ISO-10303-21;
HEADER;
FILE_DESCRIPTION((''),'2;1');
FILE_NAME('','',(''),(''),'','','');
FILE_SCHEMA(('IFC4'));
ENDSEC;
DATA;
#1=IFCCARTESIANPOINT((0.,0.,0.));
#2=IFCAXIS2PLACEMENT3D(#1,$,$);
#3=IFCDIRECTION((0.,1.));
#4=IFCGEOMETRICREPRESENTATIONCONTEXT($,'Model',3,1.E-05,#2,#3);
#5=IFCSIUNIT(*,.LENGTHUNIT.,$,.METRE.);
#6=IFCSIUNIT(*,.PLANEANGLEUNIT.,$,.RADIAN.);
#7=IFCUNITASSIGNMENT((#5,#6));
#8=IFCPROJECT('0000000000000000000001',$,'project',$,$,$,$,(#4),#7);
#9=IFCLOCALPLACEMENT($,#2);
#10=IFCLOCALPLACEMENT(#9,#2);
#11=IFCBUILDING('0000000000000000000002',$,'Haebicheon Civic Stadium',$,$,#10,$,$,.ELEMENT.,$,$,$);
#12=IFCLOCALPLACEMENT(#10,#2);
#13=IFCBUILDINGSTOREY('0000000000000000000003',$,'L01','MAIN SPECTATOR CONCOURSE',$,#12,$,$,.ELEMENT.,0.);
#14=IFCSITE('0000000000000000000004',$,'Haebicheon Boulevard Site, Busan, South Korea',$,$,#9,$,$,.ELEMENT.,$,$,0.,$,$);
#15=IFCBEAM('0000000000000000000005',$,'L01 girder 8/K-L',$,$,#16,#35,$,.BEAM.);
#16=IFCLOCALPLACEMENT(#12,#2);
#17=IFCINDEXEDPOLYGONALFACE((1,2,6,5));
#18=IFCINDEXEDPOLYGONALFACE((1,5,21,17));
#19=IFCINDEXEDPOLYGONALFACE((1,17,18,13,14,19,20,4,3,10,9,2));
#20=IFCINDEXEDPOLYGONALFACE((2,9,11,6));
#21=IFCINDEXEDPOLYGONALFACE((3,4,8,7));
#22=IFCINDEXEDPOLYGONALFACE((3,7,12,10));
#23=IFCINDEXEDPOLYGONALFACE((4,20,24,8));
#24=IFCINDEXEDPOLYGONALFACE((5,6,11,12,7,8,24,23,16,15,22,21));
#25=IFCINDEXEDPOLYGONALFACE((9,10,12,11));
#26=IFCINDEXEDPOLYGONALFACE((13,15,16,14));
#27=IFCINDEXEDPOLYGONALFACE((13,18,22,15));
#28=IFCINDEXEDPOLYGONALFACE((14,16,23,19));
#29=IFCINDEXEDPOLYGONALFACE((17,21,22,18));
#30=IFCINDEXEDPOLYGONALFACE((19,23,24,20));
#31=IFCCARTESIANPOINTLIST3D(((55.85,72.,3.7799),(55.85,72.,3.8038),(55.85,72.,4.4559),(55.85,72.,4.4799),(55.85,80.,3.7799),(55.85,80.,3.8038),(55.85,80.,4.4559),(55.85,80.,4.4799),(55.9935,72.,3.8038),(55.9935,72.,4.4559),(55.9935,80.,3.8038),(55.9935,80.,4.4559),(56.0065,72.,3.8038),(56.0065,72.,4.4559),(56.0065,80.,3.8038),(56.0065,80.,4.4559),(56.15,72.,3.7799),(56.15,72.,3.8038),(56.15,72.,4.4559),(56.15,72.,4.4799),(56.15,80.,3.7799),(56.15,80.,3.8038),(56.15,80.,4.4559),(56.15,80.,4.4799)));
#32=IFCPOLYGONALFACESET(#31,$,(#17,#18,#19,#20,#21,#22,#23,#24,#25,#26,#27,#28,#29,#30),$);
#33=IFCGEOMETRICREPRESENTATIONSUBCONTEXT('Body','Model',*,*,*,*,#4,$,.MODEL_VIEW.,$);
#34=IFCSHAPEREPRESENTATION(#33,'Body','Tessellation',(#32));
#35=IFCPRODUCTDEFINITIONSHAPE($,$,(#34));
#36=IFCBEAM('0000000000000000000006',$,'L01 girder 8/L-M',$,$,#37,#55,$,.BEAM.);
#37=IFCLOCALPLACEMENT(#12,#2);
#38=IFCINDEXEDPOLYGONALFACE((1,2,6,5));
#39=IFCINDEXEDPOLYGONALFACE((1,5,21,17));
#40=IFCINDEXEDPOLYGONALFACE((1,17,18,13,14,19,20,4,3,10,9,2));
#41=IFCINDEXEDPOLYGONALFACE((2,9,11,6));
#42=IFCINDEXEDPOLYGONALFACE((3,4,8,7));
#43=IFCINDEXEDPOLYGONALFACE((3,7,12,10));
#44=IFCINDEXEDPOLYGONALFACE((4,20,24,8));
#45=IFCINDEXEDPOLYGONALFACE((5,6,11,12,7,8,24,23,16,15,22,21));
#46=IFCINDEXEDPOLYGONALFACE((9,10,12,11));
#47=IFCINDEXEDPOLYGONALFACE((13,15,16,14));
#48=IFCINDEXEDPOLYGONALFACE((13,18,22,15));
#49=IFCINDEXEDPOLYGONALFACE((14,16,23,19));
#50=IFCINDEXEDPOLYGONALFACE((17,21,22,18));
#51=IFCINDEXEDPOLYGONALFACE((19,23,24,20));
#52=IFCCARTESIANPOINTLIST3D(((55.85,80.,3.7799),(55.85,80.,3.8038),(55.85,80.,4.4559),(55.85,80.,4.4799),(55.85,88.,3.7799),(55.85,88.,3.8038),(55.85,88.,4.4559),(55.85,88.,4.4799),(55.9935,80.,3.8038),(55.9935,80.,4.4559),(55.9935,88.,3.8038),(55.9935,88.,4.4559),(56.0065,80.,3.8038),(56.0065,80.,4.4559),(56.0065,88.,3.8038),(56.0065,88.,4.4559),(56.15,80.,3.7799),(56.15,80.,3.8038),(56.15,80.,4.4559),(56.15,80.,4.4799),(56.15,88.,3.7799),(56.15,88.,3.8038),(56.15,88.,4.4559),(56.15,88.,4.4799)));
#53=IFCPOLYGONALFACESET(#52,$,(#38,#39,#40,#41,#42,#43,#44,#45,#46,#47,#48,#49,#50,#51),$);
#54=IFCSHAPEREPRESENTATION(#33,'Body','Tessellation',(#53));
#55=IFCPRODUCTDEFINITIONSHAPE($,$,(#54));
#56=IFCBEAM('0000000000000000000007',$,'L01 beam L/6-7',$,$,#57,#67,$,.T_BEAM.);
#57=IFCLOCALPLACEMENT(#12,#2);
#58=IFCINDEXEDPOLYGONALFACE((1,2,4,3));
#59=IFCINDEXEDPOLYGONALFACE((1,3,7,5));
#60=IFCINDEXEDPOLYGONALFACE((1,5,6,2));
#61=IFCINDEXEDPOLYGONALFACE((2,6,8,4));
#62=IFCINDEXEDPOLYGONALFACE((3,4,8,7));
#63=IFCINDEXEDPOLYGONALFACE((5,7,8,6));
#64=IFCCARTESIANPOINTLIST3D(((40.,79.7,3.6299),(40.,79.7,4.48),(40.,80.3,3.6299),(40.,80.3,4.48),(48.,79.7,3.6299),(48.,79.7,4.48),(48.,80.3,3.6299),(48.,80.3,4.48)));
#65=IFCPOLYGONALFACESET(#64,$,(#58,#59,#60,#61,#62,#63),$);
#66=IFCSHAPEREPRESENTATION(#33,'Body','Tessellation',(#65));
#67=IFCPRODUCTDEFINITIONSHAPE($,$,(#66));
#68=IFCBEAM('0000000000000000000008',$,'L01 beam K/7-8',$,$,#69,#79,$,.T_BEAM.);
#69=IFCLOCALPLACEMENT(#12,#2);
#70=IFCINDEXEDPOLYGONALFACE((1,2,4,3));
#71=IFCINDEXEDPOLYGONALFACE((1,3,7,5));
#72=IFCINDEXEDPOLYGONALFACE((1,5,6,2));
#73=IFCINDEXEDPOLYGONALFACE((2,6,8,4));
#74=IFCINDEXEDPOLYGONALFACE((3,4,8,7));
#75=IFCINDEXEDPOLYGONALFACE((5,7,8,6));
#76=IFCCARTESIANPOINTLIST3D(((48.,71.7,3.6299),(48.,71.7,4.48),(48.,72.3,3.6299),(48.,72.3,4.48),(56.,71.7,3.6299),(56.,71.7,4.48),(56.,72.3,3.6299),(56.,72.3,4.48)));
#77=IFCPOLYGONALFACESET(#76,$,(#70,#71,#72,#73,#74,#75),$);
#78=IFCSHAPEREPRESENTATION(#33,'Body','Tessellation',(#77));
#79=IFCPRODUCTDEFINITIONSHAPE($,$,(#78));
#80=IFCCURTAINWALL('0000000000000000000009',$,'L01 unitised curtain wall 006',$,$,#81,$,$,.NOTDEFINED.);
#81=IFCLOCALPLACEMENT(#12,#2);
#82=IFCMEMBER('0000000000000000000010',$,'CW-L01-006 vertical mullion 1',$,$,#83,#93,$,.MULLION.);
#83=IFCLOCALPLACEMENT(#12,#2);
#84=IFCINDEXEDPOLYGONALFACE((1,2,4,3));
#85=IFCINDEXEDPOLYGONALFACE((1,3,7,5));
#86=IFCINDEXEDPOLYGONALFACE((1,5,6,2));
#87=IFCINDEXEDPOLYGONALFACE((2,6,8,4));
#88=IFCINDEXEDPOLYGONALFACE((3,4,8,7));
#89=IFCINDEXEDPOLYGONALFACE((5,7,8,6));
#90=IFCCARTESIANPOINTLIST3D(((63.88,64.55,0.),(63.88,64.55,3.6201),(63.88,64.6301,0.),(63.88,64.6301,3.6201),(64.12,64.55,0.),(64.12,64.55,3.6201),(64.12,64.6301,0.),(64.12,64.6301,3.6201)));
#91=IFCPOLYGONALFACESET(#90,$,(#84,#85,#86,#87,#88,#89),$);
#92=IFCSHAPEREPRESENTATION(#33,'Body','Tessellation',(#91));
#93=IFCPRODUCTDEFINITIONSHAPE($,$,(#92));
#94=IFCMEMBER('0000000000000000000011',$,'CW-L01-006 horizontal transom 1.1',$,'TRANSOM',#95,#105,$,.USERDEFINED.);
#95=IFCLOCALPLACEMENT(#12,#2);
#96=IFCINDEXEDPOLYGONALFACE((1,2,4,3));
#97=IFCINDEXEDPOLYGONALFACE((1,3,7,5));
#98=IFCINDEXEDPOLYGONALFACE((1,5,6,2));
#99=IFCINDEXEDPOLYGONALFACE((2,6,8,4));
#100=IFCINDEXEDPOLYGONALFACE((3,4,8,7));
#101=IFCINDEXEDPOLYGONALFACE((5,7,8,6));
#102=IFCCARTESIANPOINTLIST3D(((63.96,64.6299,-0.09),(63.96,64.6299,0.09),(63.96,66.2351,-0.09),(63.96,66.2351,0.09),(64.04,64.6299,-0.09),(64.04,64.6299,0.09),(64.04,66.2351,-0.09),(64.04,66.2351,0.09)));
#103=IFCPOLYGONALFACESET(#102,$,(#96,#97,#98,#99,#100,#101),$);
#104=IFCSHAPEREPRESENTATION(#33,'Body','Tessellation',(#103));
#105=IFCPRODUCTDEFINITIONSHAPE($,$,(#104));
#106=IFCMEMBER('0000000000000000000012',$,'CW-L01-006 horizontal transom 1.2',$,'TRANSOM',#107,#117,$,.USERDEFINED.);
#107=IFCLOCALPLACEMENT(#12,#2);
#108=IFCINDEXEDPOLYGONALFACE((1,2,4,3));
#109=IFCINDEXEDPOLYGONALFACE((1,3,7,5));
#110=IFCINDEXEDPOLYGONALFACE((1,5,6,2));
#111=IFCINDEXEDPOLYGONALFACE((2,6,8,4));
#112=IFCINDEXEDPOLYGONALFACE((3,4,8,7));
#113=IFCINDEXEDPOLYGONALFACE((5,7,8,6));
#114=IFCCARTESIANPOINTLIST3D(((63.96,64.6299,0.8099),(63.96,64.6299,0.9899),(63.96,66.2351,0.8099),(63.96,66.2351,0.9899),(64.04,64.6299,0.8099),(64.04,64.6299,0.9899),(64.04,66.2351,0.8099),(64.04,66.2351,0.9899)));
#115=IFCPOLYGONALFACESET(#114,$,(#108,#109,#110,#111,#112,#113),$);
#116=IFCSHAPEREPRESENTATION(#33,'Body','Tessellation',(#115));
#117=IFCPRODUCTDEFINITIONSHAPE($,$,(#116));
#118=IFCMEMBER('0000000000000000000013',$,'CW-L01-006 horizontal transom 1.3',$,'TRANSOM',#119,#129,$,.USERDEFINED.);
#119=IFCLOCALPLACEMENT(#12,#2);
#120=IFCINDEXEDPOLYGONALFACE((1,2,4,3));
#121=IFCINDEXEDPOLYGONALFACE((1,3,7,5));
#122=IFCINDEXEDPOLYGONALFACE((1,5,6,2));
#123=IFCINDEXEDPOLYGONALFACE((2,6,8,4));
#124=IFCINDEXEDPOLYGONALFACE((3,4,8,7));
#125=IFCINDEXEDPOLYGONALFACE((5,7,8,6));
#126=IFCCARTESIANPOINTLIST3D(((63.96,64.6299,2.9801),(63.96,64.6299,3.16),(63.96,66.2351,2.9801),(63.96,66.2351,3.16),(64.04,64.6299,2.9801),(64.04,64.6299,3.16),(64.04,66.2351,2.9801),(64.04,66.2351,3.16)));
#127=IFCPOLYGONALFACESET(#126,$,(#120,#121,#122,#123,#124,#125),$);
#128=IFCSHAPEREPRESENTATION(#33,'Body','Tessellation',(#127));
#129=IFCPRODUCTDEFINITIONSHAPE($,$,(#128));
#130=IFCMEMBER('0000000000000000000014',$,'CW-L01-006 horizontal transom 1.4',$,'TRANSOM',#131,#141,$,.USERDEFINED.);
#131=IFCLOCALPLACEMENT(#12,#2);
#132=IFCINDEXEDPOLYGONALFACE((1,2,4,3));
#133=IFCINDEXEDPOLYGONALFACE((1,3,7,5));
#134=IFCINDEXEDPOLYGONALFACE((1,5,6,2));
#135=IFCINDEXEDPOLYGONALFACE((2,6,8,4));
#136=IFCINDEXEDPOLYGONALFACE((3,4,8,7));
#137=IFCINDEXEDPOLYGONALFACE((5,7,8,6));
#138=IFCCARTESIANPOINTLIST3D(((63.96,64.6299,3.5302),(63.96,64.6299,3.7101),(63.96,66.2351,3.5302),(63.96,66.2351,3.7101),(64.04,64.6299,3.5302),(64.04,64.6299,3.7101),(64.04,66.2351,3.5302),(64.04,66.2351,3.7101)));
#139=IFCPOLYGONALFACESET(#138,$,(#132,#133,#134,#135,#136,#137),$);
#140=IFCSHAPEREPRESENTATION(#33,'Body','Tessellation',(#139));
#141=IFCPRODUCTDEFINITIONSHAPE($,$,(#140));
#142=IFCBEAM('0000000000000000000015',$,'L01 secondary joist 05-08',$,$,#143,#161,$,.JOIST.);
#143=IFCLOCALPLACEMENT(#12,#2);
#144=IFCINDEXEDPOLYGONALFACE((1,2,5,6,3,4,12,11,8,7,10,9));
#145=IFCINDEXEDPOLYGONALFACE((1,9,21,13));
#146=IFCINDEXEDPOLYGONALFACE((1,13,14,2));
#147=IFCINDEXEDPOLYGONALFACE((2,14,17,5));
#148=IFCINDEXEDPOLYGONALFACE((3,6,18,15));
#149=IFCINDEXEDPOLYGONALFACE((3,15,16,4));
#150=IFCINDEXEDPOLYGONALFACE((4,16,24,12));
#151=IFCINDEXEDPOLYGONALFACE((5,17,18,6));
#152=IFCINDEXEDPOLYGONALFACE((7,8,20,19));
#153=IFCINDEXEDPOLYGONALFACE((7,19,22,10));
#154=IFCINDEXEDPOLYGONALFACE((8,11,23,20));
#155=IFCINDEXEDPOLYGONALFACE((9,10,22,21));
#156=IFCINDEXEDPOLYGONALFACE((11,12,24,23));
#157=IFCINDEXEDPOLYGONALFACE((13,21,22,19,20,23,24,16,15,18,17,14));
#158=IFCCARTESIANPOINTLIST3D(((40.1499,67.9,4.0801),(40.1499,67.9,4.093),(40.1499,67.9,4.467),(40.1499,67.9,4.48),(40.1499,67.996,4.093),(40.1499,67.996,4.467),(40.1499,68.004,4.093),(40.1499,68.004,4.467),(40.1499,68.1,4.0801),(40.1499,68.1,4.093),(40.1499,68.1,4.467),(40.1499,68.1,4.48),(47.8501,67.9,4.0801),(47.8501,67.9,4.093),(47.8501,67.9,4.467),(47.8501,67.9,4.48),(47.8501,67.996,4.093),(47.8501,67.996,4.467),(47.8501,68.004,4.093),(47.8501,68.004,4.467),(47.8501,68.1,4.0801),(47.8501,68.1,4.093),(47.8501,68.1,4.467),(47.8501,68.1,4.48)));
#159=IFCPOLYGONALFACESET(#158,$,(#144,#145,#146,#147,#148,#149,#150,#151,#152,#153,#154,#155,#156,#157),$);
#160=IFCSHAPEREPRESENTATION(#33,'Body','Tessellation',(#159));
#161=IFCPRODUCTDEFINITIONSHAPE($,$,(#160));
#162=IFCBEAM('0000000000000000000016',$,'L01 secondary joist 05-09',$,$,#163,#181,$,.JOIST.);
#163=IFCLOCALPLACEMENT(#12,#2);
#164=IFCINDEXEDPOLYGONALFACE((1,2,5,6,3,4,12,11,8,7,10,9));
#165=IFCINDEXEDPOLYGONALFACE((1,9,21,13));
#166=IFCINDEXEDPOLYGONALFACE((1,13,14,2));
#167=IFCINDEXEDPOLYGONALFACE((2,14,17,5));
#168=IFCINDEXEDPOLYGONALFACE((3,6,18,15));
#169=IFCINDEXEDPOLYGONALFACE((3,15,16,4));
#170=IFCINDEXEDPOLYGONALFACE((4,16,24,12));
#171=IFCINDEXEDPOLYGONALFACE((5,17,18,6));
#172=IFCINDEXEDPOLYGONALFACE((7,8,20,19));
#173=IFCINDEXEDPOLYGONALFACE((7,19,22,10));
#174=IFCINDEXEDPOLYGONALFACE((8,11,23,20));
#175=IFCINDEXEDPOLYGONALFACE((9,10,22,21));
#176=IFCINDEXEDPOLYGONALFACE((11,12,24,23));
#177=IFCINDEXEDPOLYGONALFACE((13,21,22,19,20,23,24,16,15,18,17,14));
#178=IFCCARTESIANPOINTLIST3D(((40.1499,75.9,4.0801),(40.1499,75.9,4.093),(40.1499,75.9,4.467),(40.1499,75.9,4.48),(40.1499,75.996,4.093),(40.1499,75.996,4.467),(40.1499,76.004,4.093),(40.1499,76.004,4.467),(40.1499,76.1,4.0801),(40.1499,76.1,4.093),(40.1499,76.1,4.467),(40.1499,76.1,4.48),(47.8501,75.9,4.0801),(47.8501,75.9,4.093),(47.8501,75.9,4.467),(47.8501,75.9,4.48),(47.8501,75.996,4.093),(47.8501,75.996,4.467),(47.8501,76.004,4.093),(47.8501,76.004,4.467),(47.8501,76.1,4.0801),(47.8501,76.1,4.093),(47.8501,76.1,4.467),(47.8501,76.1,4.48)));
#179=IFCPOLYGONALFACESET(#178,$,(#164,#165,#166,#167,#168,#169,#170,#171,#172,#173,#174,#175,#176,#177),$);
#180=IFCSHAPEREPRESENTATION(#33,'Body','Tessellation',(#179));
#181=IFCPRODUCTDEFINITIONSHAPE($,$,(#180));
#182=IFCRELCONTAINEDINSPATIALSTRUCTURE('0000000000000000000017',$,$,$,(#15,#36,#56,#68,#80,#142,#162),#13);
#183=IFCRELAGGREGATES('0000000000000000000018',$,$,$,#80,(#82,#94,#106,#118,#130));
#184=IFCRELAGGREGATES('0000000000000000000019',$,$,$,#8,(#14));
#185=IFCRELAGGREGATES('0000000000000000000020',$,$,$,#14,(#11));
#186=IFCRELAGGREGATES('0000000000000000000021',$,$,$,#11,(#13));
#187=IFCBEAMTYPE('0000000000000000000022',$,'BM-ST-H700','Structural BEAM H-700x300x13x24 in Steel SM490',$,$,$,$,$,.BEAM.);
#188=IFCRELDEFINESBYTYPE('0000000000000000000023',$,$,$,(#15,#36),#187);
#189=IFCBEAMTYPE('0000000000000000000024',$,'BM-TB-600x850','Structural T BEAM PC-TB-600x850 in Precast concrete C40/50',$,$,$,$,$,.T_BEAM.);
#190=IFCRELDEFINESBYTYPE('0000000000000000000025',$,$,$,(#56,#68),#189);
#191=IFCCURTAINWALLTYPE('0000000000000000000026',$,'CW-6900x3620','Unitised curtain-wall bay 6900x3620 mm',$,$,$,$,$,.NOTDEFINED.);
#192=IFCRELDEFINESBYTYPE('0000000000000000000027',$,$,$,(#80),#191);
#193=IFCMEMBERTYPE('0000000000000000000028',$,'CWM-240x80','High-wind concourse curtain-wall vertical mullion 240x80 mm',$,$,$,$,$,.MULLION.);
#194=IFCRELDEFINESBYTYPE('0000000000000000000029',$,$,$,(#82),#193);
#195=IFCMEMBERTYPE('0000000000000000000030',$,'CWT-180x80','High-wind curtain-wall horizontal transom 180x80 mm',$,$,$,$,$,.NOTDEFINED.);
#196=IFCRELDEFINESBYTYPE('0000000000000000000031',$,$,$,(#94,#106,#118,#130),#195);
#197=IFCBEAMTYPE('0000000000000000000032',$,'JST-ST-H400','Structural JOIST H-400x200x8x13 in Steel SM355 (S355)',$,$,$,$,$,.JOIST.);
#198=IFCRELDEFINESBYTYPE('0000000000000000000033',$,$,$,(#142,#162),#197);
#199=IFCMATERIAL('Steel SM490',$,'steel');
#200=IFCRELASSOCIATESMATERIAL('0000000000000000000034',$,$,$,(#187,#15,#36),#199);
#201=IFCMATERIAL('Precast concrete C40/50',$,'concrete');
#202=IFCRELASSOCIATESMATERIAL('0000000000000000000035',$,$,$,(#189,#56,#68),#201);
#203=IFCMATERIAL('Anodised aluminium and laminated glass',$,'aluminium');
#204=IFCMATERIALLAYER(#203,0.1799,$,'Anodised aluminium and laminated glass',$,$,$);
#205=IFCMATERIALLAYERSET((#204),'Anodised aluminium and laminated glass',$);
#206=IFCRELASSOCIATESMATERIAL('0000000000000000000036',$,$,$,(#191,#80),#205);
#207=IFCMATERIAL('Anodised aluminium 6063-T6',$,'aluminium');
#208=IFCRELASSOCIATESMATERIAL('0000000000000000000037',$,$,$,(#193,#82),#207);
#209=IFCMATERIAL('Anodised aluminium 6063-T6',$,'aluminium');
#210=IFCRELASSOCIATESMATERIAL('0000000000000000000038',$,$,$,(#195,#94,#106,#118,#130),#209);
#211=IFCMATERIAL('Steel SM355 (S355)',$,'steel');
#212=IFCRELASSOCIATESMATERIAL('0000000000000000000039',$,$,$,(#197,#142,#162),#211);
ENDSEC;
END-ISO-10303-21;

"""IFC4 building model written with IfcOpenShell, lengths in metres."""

from ifc_helpers import new_model, si_unit, direction, frame, origin, origin_2d, place, context, subcontext, project, spatial, rectangle, i_section, extrude, material, layer, layer_set, material_profile, profile_set, type_object, element, aggregate, save


model = new_model("IFC4")

# Units and contexts
model_context = context("Model", 3, precision=1e-05, world=origin(), true_north=direction((0.0, 1.0)))
body_context = subcontext(model_context, "Body", "Model", "MODEL_VIEW")
ifc_project = project(units=[si_unit("LENGTHUNIT", "METRE"), si_unit("PLANEANGLEUNIT", "RADIAN")], contexts=[model_context])

# Site, building, storey
site_placement = place(None, origin())
site = spatial("IfcSite", under=ifc_project, at=site_placement, Name="Haebicheon Boulevard Site, Busan, South Korea", CompositionType="ELEMENT", RefElevation=0.0)
building_placement = place(site_placement, origin())
building = spatial("IfcBuilding", under=site, at=building_placement, Name="Haebicheon Civic Stadium", CompositionType="ELEMENT")
storey_placement = place(building_placement, origin())
storey = spatial("IfcBuildingStorey", under=building, at=storey_placement, Name="L01", Description="MAIN SPECTATOR CONCOURSE", CompositionType="ELEMENT", Elevation=0.0)

# Beams
ifc_material_1 = material(Name="Steel SM490", Category="steel")
ifc_material_profile_1 = material_profile(ifc_material_1, i_section(OverallWidth=0.3, OverallDepth=0.7, WebThickness=0.0129, FlangeThickness=0.0239, at=origin_2d()), Name="H-700x300x13x24")
ifc_profile_set_1 = profile_set([ifc_material_profile_1], Name="Steel SM490")
beam_type_1 = type_object("IfcBeamType", Name="BM-ST-H700", Description="Structural BEAM H-700x300x13x24 in Steel SM490", PredefinedType="BEAM", material=ifc_profile_set_1)
for number, where, z_axis, x_axis, name in (
    (1, (56.0, 72.0, 4.1299), (0.0, 1.0, 0.0), (-1.0, 0.0, 0.0), "L01 girder 8/K-L"),
    (2, (56.0, 80.0, 4.1299), (0.0, 1.0, 0.0), (-1.0, 0.0, 0.0), "L01 girder 8/L-M"),
):
    element("IfcBeam", number, at=place(storey_placement, frame(where, z_axis=z_axis, x_axis=x_axis)), inside=storey, type_object=beam_type_1, material=ifc_profile_set_1, Name=name, PredefinedType="BEAM", context=body_context, shape_type="SweptSolid", body=[
        extrude(i_section(OverallWidth=0.3, OverallDepth=0.7, WebThickness=0.0129, FlangeThickness=0.0239, at=origin_2d()), origin(), (0.0, 0.0, 1.0), 8.0),
    ])
ifc_material_2 = material(Name="Precast concrete C40/50", Category="concrete")
ifc_material_profile_2 = material_profile(ifc_material_2, rectangle(XDim=0.6001, YDim=0.8501, at=origin_2d()), Name="PC-TB-600x850")
ifc_profile_set_2 = profile_set([ifc_material_profile_2], Name="Precast concrete C40/50")
beam_type_2 = type_object("IfcBeamType", Name="BM-TB-600x850", Description="Structural T BEAM PC-TB-600x850 in Precast concrete C40/50", PredefinedType="T_BEAM", material=ifc_profile_set_2)
for number, where, z_axis, x_axis, name in (
    (3, (40.0, 80.0, 4.0549), (1.0, 0.0, 0.0), (0.0, 1.0, 0.0), "L01 beam L/6-7"),
    (4, (48.0, 72.0, 4.0549), (1.0, 0.0, 0.0), (0.0, 1.0, 0.0), "L01 beam K/7-8"),
):
    element("IfcBeam", number, at=place(storey_placement, frame(where, z_axis=z_axis, x_axis=x_axis)), inside=storey, type_object=beam_type_2, material=ifc_profile_set_2, Name=name, PredefinedType="T_BEAM", context=body_context, shape_type="SweptSolid", body=[
        extrude(rectangle(XDim=0.6001, YDim=0.8501, at=origin_2d()), origin(), (0.0, 0.0, 1.0), 8.0),
    ])

# Curtain wall, members
ifc_material_3 = material(Name="Anodised aluminium and laminated glass", Category="aluminium")
ifc_layer_1 = layer(ifc_material_3, 0.1799, Name="Anodised aluminium and laminated glass")
ifc_layer_set_1 = layer_set([ifc_layer_1], Name="Anodised aluminium and laminated glass")
curtain_wall_type = type_object("IfcCurtainWallType", Name="CW-6900x3620", Description="Unitised curtain-wall bay 6900x3620 mm", PredefinedType="NOTDEFINED", material=ifc_layer_set_1)
curtain_wall_placement = place(storey_placement, origin())
curtain_wall = element("IfcCurtainWall", 5, at=curtain_wall_placement, inside=storey, type_object=curtain_wall_type, material=ifc_layer_set_1, Name="L01 unitised curtain wall 006", PredefinedType="NOTDEFINED")
ifc_material_4 = material(Name="Anodised aluminium 6063-T6", Category="aluminium")
ifc_material_profile_3 = material_profile(ifc_material_4, rectangle(XDim=0.0801, YDim=0.24, at=origin_2d()), Name="ALU-MULL-80x240")
ifc_profile_set_3 = profile_set([ifc_material_profile_3], Name="Anodised aluminium 6063-T6")
member_type_1 = type_object("IfcMemberType", Name="CWM-240x80", Description="High-wind concourse curtain-wall vertical mullion 240x80 mm", PredefinedType="MULLION", material=ifc_profile_set_3)
member_1_placement = place(storey_placement, frame((64.0, 64.5901, 0.0), z_axis=(0.0, 0.0, 1.0), x_axis=(0.0, 1.0, 0.0)))
member_1 = element("IfcMember", 6, at=member_1_placement, type_object=member_type_1, material=ifc_profile_set_3, Name="CW-L01-006 vertical mullion 1", PredefinedType="MULLION", context=body_context, shape_type="SweptSolid", body=[
    extrude(rectangle(XDim=0.0801, YDim=0.24, at=origin_2d()), origin(), (0.0, 0.0, 1.0), 3.6201),
])
ifc_material_5 = material(Name="Anodised aluminium 6063-T6", Category="aluminium")
ifc_material_profile_4 = material_profile(ifc_material_5, rectangle(XDim=0.0801, YDim=0.1799, at=origin_2d()), Name="ALU-TRAN-80x180")
ifc_profile_set_4 = profile_set([ifc_material_profile_4], Name="Anodised aluminium 6063-T6")
member_type_2 = type_object("IfcMemberType", Name="CWT-180x80", Description="High-wind curtain-wall horizontal transom 180x80 mm", PredefinedType="NOTDEFINED", material=ifc_profile_set_4)
member_2_placement = place(storey_placement, frame((64.0, 64.6299, 0.0), z_axis=(0.0, 1.0, 0.0), x_axis=(-1.0, 0.0, 0.0)))
member_2 = element("IfcMember", 7, at=member_2_placement, type_object=member_type_2, material=ifc_profile_set_4, Name="CW-L01-006 horizontal transom 1.1", ObjectType="TRANSOM", PredefinedType="USERDEFINED", context=body_context, shape_type="SweptSolid", body=[
    extrude(rectangle(XDim=0.0801, YDim=0.1799, at=origin_2d()), origin(), (0.0, 0.0, 1.0), 1.6052),
])
member_3_placement = place(storey_placement, frame((64.0, 64.6299, 0.8999), z_axis=(0.0, 1.0, 0.0), x_axis=(-1.0, 0.0, 0.0)))
member_3 = element("IfcMember", 8, at=member_3_placement, type_object=member_type_2, material=ifc_profile_set_4, Name="CW-L01-006 horizontal transom 1.2", ObjectType="TRANSOM", PredefinedType="USERDEFINED", context=body_context, shape_type="SweptSolid", body=[
    extrude(rectangle(XDim=0.0801, YDim=0.1799, at=origin_2d()), origin(), (0.0, 0.0, 1.0), 1.6052),
])
member_4_placement = place(storey_placement, frame((64.0, 64.6299, 3.0701), z_axis=(0.0, 1.0, 0.0), x_axis=(-1.0, 0.0, 0.0)))
member_4 = element("IfcMember", 9, at=member_4_placement, type_object=member_type_2, material=ifc_profile_set_4, Name="CW-L01-006 horizontal transom 1.3", ObjectType="TRANSOM", PredefinedType="USERDEFINED", context=body_context, shape_type="SweptSolid", body=[
    extrude(rectangle(XDim=0.0801, YDim=0.1799, at=origin_2d()), origin(), (0.0, 0.0, 1.0), 1.6052),
])
member_5_placement = place(storey_placement, frame((64.0, 64.6299, 3.6201), z_axis=(0.0, 1.0, 0.0), x_axis=(-1.0, 0.0, 0.0)))
member_5 = element("IfcMember", 10, at=member_5_placement, type_object=member_type_2, material=ifc_profile_set_4, Name="CW-L01-006 horizontal transom 1.4", ObjectType="TRANSOM", PredefinedType="USERDEFINED", context=body_context, shape_type="SweptSolid", body=[
    extrude(rectangle(XDim=0.0801, YDim=0.1799, at=origin_2d()), origin(), (0.0, 0.0, 1.0), 1.6052),
])
aggregate(curtain_wall, [member_1, member_2, member_3, member_4, member_5])

# Beams
ifc_material_6 = material(Name="Steel SM355 (S355)", Category="steel")
ifc_material_profile_5 = material_profile(ifc_material_6, i_section(OverallWidth=0.2, OverallDepth=0.3999, WebThickness=0.0081, FlangeThickness=0.0129, at=origin_2d()), Name="H-400x200x8x13")
ifc_profile_set_5 = profile_set([ifc_material_profile_5], Name="Steel SM355 (S355)")
beam_type_3 = type_object("IfcBeamType", Name="JST-ST-H400", Description="Structural JOIST H-400x200x8x13 in Steel SM355 (S355)", PredefinedType="JOIST", material=ifc_profile_set_5)
for number, where, z_axis, x_axis, name in (
    (11, (40.1499, 68.0, 4.28), (1.0, 0.0, 0.0), (0.0, 1.0, 0.0), "L01 secondary joist 05-08"),
    (12, (40.1499, 76.0, 4.28), (1.0, 0.0, 0.0), (0.0, 1.0, 0.0), "L01 secondary joist 05-09"),
):
    element("IfcBeam", number, at=place(storey_placement, frame(where, z_axis=z_axis, x_axis=x_axis)), inside=storey, type_object=beam_type_3, material=ifc_profile_set_5, Name=name, PredefinedType="JOIST", context=body_context, shape_type="SweptSolid", body=[
        extrude(i_section(OverallWidth=0.2, OverallDepth=0.3999, WebThickness=0.0081, FlangeThickness=0.0129, at=origin_2d()), origin(), (0.0, 0.0, 1.0), 7.7002),
    ])

save(model, "model.ifc")
